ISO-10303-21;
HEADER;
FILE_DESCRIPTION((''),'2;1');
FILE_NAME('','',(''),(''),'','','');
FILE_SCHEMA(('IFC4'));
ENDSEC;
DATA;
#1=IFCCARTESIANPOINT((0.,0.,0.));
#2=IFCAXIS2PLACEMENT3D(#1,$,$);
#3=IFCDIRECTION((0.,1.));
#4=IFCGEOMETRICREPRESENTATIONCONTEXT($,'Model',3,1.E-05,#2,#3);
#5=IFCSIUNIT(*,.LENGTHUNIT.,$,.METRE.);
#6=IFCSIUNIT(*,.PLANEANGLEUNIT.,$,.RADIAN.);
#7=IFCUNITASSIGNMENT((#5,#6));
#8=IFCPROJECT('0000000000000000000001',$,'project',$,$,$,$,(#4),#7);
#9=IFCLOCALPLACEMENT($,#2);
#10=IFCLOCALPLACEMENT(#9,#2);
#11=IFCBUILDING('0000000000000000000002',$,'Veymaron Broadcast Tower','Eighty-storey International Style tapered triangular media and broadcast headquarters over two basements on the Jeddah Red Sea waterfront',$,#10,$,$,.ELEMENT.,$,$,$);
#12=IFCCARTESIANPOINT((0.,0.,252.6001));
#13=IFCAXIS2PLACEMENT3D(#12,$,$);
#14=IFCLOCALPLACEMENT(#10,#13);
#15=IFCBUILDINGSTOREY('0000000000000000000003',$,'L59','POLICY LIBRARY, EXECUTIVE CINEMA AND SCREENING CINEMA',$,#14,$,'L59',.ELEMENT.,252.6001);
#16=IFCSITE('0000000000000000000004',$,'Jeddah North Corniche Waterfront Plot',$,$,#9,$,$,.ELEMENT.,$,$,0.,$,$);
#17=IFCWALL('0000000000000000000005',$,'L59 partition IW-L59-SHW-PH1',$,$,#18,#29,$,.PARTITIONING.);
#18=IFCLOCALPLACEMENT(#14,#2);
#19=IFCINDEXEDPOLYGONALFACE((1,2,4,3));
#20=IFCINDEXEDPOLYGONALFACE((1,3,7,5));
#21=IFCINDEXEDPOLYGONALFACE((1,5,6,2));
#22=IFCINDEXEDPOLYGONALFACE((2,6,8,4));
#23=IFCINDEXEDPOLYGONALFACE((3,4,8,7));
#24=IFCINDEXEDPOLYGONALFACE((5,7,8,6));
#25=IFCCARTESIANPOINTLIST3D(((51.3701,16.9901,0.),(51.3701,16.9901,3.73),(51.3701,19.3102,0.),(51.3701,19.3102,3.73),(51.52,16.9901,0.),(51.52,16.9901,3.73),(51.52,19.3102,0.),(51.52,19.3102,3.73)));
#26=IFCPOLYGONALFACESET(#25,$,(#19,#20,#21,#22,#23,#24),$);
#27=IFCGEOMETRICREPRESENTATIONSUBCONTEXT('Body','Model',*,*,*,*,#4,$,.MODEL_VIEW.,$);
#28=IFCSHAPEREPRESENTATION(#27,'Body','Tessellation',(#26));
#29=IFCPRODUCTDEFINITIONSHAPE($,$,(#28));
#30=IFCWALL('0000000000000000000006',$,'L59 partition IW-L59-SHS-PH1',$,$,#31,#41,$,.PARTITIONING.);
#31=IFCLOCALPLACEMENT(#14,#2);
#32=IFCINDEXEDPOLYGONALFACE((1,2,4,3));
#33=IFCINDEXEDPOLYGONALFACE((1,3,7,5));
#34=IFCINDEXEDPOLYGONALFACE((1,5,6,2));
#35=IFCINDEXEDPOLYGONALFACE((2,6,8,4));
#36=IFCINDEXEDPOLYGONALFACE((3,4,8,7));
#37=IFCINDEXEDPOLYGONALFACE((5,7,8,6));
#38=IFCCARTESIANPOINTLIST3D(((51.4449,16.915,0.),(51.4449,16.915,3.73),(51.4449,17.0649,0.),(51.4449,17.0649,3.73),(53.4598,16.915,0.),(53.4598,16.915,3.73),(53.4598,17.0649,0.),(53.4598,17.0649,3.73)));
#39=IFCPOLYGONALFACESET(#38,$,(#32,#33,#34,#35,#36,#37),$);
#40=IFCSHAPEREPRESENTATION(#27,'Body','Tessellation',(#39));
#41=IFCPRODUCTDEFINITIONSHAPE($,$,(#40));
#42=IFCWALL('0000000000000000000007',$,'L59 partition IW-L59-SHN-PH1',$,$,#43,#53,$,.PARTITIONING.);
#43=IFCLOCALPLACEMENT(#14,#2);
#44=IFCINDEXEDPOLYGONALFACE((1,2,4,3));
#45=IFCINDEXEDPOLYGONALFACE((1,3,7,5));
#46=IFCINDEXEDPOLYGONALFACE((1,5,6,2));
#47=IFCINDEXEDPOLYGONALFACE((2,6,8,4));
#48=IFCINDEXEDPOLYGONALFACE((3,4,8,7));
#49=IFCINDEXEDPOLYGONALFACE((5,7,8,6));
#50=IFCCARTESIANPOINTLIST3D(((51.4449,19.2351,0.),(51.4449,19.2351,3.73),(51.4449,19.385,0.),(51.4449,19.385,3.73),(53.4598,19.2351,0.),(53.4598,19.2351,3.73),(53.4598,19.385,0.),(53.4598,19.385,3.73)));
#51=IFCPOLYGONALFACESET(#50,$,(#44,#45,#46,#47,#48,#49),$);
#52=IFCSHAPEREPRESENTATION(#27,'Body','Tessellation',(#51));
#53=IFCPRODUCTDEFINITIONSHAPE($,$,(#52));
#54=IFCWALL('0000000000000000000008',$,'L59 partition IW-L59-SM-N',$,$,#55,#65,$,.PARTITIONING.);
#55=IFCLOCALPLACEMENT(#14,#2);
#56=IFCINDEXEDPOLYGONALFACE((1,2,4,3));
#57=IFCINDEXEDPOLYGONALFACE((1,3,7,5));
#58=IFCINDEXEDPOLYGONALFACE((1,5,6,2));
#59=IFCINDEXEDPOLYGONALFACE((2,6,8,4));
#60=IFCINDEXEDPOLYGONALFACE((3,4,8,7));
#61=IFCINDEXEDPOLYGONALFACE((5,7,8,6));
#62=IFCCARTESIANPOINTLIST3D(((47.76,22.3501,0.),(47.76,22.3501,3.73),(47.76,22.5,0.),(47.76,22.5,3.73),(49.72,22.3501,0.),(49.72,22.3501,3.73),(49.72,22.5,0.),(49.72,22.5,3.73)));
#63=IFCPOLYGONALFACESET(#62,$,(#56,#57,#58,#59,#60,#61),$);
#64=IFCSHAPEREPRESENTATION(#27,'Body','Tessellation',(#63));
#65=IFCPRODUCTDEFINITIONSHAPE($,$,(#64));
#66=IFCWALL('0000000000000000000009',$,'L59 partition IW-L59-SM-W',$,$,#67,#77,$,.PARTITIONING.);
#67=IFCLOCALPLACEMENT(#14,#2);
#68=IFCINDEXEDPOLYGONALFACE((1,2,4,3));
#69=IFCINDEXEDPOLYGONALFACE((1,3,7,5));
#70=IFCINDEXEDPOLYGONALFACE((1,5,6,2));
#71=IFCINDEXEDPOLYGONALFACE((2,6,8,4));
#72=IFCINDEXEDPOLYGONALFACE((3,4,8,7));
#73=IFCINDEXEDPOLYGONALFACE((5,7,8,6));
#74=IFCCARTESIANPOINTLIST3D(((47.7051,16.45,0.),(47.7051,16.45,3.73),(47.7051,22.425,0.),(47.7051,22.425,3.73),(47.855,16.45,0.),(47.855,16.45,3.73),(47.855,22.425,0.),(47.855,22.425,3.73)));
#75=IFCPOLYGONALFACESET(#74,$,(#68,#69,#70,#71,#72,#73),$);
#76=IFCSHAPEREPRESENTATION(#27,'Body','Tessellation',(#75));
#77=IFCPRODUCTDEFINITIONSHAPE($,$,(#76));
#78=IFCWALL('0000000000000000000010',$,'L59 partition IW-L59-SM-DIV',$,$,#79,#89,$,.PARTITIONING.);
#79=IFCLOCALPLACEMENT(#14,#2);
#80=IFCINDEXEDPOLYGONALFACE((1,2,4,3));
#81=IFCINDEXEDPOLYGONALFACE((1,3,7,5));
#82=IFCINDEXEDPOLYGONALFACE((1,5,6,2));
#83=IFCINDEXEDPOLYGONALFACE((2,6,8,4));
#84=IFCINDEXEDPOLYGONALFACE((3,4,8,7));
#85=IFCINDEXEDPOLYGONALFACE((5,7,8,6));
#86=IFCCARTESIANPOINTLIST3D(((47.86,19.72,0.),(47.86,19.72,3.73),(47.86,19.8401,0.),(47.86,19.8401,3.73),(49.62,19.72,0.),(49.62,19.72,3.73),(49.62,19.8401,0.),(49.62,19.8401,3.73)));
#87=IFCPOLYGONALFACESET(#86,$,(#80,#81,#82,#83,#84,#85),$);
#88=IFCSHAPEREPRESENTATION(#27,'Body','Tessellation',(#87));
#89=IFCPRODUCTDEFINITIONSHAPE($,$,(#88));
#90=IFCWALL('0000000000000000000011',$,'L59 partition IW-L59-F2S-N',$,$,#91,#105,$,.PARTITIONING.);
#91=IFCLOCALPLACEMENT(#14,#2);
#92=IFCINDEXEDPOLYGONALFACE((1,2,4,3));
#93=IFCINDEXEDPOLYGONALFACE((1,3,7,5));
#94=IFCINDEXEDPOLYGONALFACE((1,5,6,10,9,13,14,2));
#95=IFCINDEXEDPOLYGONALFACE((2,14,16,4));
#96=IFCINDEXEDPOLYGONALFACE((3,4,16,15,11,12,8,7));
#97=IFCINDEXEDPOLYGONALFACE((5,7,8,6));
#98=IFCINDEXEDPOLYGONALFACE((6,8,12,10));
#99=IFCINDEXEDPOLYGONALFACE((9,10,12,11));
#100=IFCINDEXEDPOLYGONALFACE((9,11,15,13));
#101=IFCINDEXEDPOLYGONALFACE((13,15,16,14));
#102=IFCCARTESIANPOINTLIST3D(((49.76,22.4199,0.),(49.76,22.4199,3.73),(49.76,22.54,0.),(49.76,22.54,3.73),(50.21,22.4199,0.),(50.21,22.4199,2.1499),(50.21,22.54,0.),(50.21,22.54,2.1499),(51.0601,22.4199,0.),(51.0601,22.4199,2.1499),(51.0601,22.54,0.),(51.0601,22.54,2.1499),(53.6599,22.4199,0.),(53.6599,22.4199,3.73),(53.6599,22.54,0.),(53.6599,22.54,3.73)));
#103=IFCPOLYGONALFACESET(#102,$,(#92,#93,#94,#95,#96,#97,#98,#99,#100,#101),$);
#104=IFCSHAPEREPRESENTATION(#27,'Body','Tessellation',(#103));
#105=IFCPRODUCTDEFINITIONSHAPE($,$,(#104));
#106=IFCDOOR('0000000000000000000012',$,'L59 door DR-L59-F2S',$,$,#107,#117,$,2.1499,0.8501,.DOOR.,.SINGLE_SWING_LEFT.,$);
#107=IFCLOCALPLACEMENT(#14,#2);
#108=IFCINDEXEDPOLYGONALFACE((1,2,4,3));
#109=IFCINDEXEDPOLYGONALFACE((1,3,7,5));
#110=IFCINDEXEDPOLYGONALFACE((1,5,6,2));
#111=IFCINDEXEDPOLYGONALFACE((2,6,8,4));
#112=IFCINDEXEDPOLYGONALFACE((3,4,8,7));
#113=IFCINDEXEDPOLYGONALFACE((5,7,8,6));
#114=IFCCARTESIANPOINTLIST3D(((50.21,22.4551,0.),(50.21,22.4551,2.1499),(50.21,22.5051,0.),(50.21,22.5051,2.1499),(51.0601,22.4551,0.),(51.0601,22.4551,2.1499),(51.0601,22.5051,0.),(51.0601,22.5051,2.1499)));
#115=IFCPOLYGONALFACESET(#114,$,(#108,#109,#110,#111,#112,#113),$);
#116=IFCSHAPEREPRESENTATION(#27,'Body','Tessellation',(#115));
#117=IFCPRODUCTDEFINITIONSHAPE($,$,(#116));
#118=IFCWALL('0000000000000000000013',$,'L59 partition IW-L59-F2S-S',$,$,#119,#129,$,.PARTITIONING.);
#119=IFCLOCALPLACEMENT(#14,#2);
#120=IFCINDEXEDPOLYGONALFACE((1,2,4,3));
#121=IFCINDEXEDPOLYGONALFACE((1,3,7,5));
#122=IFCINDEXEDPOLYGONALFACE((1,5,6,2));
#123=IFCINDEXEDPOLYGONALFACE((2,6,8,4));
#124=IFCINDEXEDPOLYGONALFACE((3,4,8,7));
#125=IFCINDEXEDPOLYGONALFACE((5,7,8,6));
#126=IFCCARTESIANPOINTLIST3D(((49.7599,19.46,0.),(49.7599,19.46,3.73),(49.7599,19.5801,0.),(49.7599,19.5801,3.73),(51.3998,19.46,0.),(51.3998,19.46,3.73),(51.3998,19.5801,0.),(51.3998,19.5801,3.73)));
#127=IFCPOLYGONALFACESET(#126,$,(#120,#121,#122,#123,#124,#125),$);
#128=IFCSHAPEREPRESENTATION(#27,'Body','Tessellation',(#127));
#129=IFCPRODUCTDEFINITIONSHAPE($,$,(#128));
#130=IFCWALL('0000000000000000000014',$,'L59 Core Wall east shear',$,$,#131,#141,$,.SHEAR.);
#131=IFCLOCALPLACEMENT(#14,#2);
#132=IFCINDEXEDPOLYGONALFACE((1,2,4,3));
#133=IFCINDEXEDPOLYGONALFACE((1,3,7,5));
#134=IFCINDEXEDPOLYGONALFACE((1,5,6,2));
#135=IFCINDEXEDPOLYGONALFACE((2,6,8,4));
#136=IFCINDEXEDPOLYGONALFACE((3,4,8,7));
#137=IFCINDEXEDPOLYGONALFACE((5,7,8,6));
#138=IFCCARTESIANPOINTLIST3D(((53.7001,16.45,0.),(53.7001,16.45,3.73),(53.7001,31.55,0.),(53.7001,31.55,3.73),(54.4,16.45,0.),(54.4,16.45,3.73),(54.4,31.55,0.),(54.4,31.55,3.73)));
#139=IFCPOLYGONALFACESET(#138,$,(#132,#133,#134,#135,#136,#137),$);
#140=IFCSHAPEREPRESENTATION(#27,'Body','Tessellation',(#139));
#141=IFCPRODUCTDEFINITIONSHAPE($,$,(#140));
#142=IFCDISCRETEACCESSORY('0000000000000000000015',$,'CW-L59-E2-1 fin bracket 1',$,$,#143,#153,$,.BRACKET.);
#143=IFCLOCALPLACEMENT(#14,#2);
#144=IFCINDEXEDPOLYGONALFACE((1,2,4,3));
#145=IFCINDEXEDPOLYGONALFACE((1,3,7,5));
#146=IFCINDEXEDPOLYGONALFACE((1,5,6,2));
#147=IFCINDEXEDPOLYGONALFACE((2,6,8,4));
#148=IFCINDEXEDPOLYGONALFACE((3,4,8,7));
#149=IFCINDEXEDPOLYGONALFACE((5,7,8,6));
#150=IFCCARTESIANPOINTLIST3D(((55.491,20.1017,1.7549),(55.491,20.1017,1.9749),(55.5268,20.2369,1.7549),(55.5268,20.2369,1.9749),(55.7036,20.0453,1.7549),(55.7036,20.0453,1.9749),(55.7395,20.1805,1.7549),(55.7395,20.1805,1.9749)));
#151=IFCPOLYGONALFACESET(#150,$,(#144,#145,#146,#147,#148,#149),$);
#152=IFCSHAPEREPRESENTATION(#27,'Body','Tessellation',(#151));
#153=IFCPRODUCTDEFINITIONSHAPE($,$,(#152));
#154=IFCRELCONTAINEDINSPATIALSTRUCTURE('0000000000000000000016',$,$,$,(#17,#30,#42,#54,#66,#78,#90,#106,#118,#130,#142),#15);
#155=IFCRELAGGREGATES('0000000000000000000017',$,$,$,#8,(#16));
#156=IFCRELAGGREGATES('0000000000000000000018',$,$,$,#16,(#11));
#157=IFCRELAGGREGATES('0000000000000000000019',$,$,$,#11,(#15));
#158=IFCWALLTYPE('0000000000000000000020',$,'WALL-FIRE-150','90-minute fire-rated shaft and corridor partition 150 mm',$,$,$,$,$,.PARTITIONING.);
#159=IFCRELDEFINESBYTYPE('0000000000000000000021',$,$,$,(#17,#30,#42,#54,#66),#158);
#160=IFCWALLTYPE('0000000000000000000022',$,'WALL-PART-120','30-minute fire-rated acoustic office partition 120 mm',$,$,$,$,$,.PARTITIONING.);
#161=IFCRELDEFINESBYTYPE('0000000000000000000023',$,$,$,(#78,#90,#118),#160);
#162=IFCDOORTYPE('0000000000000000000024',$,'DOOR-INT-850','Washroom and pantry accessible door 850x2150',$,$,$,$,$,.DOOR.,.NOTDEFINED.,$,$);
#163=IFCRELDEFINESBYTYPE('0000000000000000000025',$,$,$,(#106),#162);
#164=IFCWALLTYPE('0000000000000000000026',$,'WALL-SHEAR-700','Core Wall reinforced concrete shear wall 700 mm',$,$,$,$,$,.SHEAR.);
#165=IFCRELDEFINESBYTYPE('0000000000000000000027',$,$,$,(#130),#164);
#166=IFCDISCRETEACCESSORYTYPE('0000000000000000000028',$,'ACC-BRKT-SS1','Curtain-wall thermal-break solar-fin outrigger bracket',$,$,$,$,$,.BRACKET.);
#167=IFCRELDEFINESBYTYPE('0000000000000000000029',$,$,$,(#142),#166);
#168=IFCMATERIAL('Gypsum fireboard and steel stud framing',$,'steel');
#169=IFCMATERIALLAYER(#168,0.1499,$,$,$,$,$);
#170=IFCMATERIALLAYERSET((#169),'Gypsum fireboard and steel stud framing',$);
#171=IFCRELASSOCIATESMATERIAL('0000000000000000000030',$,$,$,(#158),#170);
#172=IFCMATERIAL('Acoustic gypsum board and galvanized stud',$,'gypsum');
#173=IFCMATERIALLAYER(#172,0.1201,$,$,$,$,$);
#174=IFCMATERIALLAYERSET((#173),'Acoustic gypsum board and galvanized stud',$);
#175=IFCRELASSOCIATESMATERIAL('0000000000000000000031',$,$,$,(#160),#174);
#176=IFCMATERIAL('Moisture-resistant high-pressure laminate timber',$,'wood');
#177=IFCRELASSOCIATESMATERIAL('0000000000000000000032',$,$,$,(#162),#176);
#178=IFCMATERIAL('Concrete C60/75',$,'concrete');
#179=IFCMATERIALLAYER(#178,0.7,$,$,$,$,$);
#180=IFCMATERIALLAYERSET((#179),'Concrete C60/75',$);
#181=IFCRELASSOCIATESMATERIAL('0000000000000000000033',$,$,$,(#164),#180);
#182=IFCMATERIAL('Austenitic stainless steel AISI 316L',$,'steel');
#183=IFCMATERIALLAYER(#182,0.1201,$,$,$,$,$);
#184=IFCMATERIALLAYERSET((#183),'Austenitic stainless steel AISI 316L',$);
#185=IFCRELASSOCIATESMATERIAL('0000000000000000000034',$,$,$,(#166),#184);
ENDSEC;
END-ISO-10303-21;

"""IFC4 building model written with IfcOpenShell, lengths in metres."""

from ifc_helpers import new_model, si_unit, direction, frame, frame_2d, origin, origin_2d, place, context, subcontext, project, spatial, rectangle, extrude, material, layer, layer_set, type_object, element, fill, save


model = new_model("IFC4")

# Units and contexts
model_context = context("Model", 3, precision=1e-05, world=origin(), true_north=direction((0.0, 1.0)))
body_context = subcontext(model_context, "Body", "Model", "MODEL_VIEW")
ifc_project = project(units=[si_unit("LENGTHUNIT", "METRE"), si_unit("PLANEANGLEUNIT", "RADIAN")], contexts=[model_context])

# Site, building, storey
site_placement = place(None, origin())
site = spatial("IfcSite", under=ifc_project, at=site_placement, Name="Jeddah North Corniche Waterfront Plot", CompositionType="ELEMENT", RefElevation=0.0)
building_placement = place(site_placement, origin())
building = spatial("IfcBuilding", under=site, at=building_placement, Name="Veymaron Broadcast Tower", Description="Eighty-storey International Style tapered triangular media and broadcast headquarters over two basements on the Jeddah Red Sea waterfront", CompositionType="ELEMENT")
storey_placement = place(building_placement, frame((0.0, 0.0, 252.6001)))
storey = spatial("IfcBuildingStorey", under=building, at=storey_placement, Name="L59", Description="POLICY LIBRARY, EXECUTIVE CINEMA AND SCREENING CINEMA", LongName="L59", CompositionType="ELEMENT", Elevation=252.6001)

# Walls
ifc_material_1 = material(Name="Gypsum fireboard and steel stud framing", Category="steel")
ifc_layer_1 = layer(ifc_material_1, 0.1499)
ifc_layer_set_1 = layer_set([ifc_layer_1], Name="Gypsum fireboard and steel stud framing")
wall_type_1 = type_object("IfcWallType", Name="WALL-FIRE-150", Description="90-minute fire-rated shaft and corridor partition 150 mm", PredefinedType="PARTITIONING", material=ifc_layer_set_1)
wall_1_placement = place(storey_placement, frame((51.4451, 16.99, 0.0), z_axis=(0.0, 0.0, 1.0), x_axis=(0.0, 1.0, 0.0)))
element("IfcWall", 1, at=wall_1_placement, inside=storey, type_object=wall_type_1, Name="L59 partition IW-L59-SHW-PH1", PredefinedType="PARTITIONING", context=body_context, shape_type="SweptSolid", body=[
    extrude(rectangle(XDim=2.3201, YDim=0.1499, at=frame_2d((1.1602, 0.0))), origin(), (0.0, 0.0, 1.0), 3.73),
])
for number, where, z_axis, x_axis, name in (
    (2, (51.4451, 16.99, 0.0), (0.0, 0.0, 1.0), (1.0, 0.0, 0.0), "L59 partition IW-L59-SHS-PH1"),
    (3, (51.4451, 19.3101, 0.0), (0.0, 0.0, 1.0), (1.0, 0.0, 0.0), "L59 partition IW-L59-SHN-PH1"),
):
    element("IfcWall", number, at=place(storey_placement, frame(where, z_axis=z_axis, x_axis=x_axis)), inside=storey, type_object=wall_type_1, Name=name, PredefinedType="PARTITIONING", context=body_context, shape_type="SweptSolid", body=[
        extrude(rectangle(XDim=2.0149, YDim=0.1499, at=frame_2d((1.0073, 0.0))), origin(), (0.0, 0.0, 1.0), 3.73),
    ])

# Walls
wall_2_placement = place(storey_placement, frame((47.76, 22.425, 0.0), z_axis=(0.0, 0.0, 1.0), x_axis=(1.0, 0.0, 0.0)))
element("IfcWall", 4, at=wall_2_placement, inside=storey, type_object=wall_type_1, Name="L59 partition IW-L59-SM-N", PredefinedType="PARTITIONING", context=body_context, shape_type="SweptSolid", body=[
    extrude(rectangle(XDim=1.96, YDim=0.1499, at=frame_2d((0.98, 0.0))), origin(), (0.0, 0.0, 1.0), 3.73),
])
wall_3_placement = place(storey_placement, frame((47.78, 16.45, 0.0), z_axis=(0.0, 0.0, 1.0), x_axis=(0.0, 1.0, 0.0)))
element("IfcWall", 5, at=wall_3_placement, inside=storey, type_object=wall_type_1, Name="L59 partition IW-L59-SM-W", PredefinedType="PARTITIONING", context=body_context, shape_type="SweptSolid", body=[
    extrude(rectangle(XDim=5.9751, YDim=0.1499, at=frame_2d((2.9875, 0.0))), origin(), (0.0, 0.0, 1.0), 3.73),
])
ifc_material_2 = material(Name="Acoustic gypsum board and galvanized stud", Category="gypsum")
ifc_layer_2 = layer(ifc_material_2, 0.1201)
ifc_layer_set_2 = layer_set([ifc_layer_2], Name="Acoustic gypsum board and galvanized stud")
wall_type_2 = type_object("IfcWallType", Name="WALL-PART-120", Description="30-minute fire-rated acoustic office partition 120 mm", PredefinedType="PARTITIONING", material=ifc_layer_set_2)
wall_4_placement = place(storey_placement, frame((47.8601, 19.78, 0.0), z_axis=(0.0, 0.0, 1.0), x_axis=(1.0, 0.0, 0.0)))
element("IfcWall", 6, at=wall_4_placement, inside=storey, type_object=wall_type_2, Name="L59 partition IW-L59-SM-DIV", PredefinedType="PARTITIONING", context=body_context, shape_type="SweptSolid", body=[
    extrude(rectangle(XDim=1.76, YDim=0.1201, at=frame_2d((0.8799, 0.0))), origin(), (0.0, 0.0, 1.0), 3.73),
])

# Shared definitions
ifc_material_3 = material(Name="Moisture-resistant high-pressure laminate timber", Category="wood")
door_type_1 = type_object("IfcDoorType", Name="DOOR-INT-850", Description="Washroom and pantry accessible door 850x2150", OperationType="NOTDEFINED", PredefinedType="DOOR", material=ifc_material_3)

# Wall, opening, door
wall_5_placement = place(storey_placement, frame((49.76, 22.48, 0.0), z_axis=(0.0, 0.0, 1.0), x_axis=(1.0, 0.0, 0.0)))
wall_5 = element("IfcWall", 7, at=wall_5_placement, inside=storey, type_object=wall_type_2, Name="L59 partition IW-L59-F2S-N", PredefinedType="PARTITIONING", context=body_context, shape_type="SweptSolid", body=[
    extrude(rectangle(XDim=3.8999, YDim=0.1201, at=frame_2d((1.95, 0.0))), origin(), (0.0, 0.0, 1.0), 3.73),
])
opening_1_placement = place(wall_5_placement, frame((0.45, 0.0, 0.0)))
opening_1 = element("IfcOpeningElement", 8, at=opening_1_placement, cuts=wall_5, PredefinedType="OPENING", context=body_context, shape_type="SweptSolid", body=[
    extrude(rectangle(XDim=0.8501, YDim=2.1499, at=frame_2d((0.425, 1.075))), frame((0.0, 0.0701, 0.0), z_axis=(0.0, -1.0, 0.0), x_axis=(1.0, 0.0, 0.0)), (0.0, 0.0, 1.0), 0.1401),
])
door_1_placement = place(opening_1_placement, frame((0.8501, 0.0, 0.0), z_axis=(0.0, 0.0, 1.0), x_axis=(-1.0, 0.0, 0.0)))
door_1 = element("IfcDoor", 9, at=door_1_placement, inside=storey, type_object=door_type_1, Name="L59 door DR-L59-F2S", OperationType="SINGLE_SWING_LEFT", OverallHeight=2.1499, OverallWidth=0.8501, PredefinedType="DOOR", context=body_context, shape_type="SweptSolid", body=[
    extrude(rectangle(XDim=0.8501, YDim=2.1499, at=frame_2d((0.425, 1.075))), frame((0.0, 0.0249, 0.0), z_axis=(0.0, -1.0, 0.0), x_axis=(1.0, 0.0, 0.0)), (0.0, 0.0, 1.0), 0.05),
])
fill(opening_1, door_1)

# Walls
wall_6_placement = place(storey_placement, frame((49.76, 19.52, 0.0), z_axis=(0.0, 0.0, 1.0), x_axis=(1.0, 0.0, 0.0)))
element("IfcWall", 10, at=wall_6_placement, inside=storey, type_object=wall_type_2, Name="L59 partition IW-L59-F2S-S", PredefinedType="PARTITIONING", context=body_context, shape_type="SweptSolid", body=[
    extrude(rectangle(XDim=1.6399, YDim=0.1201, at=frame_2d((0.8198, 0.0))), origin(), (0.0, 0.0, 1.0), 3.73),
])
ifc_material_4 = material(Name="Concrete C60/75", Category="concrete")
ifc_layer_3 = layer(ifc_material_4, 0.7)
ifc_layer_set_3 = layer_set([ifc_layer_3], Name="Concrete C60/75")
wall_type_3 = type_object("IfcWallType", Name="WALL-SHEAR-700", Description="Core Wall reinforced concrete shear wall 700 mm", PredefinedType="SHEAR", material=ifc_layer_set_3)
wall_7_placement = place(storey_placement, frame((54.05, 16.45, 0.0), z_axis=(0.0, 0.0, 1.0), x_axis=(0.0, 1.0, 0.0)))
element("IfcWall", 11, at=wall_7_placement, inside=storey, type_object=wall_type_3, Name="L59 Core Wall east shear", PredefinedType="SHEAR", context=body_context, shape_type="SweptSolid", body=[
    extrude(rectangle(XDim=15.1001, YDim=0.7, at=frame_2d((7.55, 0.0))), origin(), (0.0, 0.0, 1.0), 3.73),
])

# Discrete accessory
ifc_material_5 = material(Name="Austenitic stainless steel AISI 316L", Category="steel")
ifc_layer_4 = layer(ifc_material_5, 0.1201)
ifc_layer_set_4 = layer_set([ifc_layer_4], Name="Austenitic stainless steel AISI 316L")
discrete_accessory_type = type_object("IfcDiscreteAccessoryType", Name="ACC-BRKT-SS1", Description="Curtain-wall thermal-break solar-fin outrigger bracket", PredefinedType="BRACKET", material=ifc_layer_set_4)
discrete_accessory_placement = place(storey_placement, frame((55.6152, 20.1411, 1.7549), z_axis=(0.0, 0.0, 1.0), x_axis=(0.966605, -0.256273, 0.0)))
element("IfcDiscreteAccessory", 12, at=discrete_accessory_placement, inside=storey, type_object=discrete_accessory_type, Name="CW-L59-E2-1 fin bracket 1", PredefinedType="BRACKET", context=body_context, shape_type="SweptSolid", body=[
    extrude(rectangle(XDim=0.22, YDim=0.1399, at=origin_2d()), origin(), (0.0, 0.0, 1.0), 0.22),
])

save(model, "model.ifc")
